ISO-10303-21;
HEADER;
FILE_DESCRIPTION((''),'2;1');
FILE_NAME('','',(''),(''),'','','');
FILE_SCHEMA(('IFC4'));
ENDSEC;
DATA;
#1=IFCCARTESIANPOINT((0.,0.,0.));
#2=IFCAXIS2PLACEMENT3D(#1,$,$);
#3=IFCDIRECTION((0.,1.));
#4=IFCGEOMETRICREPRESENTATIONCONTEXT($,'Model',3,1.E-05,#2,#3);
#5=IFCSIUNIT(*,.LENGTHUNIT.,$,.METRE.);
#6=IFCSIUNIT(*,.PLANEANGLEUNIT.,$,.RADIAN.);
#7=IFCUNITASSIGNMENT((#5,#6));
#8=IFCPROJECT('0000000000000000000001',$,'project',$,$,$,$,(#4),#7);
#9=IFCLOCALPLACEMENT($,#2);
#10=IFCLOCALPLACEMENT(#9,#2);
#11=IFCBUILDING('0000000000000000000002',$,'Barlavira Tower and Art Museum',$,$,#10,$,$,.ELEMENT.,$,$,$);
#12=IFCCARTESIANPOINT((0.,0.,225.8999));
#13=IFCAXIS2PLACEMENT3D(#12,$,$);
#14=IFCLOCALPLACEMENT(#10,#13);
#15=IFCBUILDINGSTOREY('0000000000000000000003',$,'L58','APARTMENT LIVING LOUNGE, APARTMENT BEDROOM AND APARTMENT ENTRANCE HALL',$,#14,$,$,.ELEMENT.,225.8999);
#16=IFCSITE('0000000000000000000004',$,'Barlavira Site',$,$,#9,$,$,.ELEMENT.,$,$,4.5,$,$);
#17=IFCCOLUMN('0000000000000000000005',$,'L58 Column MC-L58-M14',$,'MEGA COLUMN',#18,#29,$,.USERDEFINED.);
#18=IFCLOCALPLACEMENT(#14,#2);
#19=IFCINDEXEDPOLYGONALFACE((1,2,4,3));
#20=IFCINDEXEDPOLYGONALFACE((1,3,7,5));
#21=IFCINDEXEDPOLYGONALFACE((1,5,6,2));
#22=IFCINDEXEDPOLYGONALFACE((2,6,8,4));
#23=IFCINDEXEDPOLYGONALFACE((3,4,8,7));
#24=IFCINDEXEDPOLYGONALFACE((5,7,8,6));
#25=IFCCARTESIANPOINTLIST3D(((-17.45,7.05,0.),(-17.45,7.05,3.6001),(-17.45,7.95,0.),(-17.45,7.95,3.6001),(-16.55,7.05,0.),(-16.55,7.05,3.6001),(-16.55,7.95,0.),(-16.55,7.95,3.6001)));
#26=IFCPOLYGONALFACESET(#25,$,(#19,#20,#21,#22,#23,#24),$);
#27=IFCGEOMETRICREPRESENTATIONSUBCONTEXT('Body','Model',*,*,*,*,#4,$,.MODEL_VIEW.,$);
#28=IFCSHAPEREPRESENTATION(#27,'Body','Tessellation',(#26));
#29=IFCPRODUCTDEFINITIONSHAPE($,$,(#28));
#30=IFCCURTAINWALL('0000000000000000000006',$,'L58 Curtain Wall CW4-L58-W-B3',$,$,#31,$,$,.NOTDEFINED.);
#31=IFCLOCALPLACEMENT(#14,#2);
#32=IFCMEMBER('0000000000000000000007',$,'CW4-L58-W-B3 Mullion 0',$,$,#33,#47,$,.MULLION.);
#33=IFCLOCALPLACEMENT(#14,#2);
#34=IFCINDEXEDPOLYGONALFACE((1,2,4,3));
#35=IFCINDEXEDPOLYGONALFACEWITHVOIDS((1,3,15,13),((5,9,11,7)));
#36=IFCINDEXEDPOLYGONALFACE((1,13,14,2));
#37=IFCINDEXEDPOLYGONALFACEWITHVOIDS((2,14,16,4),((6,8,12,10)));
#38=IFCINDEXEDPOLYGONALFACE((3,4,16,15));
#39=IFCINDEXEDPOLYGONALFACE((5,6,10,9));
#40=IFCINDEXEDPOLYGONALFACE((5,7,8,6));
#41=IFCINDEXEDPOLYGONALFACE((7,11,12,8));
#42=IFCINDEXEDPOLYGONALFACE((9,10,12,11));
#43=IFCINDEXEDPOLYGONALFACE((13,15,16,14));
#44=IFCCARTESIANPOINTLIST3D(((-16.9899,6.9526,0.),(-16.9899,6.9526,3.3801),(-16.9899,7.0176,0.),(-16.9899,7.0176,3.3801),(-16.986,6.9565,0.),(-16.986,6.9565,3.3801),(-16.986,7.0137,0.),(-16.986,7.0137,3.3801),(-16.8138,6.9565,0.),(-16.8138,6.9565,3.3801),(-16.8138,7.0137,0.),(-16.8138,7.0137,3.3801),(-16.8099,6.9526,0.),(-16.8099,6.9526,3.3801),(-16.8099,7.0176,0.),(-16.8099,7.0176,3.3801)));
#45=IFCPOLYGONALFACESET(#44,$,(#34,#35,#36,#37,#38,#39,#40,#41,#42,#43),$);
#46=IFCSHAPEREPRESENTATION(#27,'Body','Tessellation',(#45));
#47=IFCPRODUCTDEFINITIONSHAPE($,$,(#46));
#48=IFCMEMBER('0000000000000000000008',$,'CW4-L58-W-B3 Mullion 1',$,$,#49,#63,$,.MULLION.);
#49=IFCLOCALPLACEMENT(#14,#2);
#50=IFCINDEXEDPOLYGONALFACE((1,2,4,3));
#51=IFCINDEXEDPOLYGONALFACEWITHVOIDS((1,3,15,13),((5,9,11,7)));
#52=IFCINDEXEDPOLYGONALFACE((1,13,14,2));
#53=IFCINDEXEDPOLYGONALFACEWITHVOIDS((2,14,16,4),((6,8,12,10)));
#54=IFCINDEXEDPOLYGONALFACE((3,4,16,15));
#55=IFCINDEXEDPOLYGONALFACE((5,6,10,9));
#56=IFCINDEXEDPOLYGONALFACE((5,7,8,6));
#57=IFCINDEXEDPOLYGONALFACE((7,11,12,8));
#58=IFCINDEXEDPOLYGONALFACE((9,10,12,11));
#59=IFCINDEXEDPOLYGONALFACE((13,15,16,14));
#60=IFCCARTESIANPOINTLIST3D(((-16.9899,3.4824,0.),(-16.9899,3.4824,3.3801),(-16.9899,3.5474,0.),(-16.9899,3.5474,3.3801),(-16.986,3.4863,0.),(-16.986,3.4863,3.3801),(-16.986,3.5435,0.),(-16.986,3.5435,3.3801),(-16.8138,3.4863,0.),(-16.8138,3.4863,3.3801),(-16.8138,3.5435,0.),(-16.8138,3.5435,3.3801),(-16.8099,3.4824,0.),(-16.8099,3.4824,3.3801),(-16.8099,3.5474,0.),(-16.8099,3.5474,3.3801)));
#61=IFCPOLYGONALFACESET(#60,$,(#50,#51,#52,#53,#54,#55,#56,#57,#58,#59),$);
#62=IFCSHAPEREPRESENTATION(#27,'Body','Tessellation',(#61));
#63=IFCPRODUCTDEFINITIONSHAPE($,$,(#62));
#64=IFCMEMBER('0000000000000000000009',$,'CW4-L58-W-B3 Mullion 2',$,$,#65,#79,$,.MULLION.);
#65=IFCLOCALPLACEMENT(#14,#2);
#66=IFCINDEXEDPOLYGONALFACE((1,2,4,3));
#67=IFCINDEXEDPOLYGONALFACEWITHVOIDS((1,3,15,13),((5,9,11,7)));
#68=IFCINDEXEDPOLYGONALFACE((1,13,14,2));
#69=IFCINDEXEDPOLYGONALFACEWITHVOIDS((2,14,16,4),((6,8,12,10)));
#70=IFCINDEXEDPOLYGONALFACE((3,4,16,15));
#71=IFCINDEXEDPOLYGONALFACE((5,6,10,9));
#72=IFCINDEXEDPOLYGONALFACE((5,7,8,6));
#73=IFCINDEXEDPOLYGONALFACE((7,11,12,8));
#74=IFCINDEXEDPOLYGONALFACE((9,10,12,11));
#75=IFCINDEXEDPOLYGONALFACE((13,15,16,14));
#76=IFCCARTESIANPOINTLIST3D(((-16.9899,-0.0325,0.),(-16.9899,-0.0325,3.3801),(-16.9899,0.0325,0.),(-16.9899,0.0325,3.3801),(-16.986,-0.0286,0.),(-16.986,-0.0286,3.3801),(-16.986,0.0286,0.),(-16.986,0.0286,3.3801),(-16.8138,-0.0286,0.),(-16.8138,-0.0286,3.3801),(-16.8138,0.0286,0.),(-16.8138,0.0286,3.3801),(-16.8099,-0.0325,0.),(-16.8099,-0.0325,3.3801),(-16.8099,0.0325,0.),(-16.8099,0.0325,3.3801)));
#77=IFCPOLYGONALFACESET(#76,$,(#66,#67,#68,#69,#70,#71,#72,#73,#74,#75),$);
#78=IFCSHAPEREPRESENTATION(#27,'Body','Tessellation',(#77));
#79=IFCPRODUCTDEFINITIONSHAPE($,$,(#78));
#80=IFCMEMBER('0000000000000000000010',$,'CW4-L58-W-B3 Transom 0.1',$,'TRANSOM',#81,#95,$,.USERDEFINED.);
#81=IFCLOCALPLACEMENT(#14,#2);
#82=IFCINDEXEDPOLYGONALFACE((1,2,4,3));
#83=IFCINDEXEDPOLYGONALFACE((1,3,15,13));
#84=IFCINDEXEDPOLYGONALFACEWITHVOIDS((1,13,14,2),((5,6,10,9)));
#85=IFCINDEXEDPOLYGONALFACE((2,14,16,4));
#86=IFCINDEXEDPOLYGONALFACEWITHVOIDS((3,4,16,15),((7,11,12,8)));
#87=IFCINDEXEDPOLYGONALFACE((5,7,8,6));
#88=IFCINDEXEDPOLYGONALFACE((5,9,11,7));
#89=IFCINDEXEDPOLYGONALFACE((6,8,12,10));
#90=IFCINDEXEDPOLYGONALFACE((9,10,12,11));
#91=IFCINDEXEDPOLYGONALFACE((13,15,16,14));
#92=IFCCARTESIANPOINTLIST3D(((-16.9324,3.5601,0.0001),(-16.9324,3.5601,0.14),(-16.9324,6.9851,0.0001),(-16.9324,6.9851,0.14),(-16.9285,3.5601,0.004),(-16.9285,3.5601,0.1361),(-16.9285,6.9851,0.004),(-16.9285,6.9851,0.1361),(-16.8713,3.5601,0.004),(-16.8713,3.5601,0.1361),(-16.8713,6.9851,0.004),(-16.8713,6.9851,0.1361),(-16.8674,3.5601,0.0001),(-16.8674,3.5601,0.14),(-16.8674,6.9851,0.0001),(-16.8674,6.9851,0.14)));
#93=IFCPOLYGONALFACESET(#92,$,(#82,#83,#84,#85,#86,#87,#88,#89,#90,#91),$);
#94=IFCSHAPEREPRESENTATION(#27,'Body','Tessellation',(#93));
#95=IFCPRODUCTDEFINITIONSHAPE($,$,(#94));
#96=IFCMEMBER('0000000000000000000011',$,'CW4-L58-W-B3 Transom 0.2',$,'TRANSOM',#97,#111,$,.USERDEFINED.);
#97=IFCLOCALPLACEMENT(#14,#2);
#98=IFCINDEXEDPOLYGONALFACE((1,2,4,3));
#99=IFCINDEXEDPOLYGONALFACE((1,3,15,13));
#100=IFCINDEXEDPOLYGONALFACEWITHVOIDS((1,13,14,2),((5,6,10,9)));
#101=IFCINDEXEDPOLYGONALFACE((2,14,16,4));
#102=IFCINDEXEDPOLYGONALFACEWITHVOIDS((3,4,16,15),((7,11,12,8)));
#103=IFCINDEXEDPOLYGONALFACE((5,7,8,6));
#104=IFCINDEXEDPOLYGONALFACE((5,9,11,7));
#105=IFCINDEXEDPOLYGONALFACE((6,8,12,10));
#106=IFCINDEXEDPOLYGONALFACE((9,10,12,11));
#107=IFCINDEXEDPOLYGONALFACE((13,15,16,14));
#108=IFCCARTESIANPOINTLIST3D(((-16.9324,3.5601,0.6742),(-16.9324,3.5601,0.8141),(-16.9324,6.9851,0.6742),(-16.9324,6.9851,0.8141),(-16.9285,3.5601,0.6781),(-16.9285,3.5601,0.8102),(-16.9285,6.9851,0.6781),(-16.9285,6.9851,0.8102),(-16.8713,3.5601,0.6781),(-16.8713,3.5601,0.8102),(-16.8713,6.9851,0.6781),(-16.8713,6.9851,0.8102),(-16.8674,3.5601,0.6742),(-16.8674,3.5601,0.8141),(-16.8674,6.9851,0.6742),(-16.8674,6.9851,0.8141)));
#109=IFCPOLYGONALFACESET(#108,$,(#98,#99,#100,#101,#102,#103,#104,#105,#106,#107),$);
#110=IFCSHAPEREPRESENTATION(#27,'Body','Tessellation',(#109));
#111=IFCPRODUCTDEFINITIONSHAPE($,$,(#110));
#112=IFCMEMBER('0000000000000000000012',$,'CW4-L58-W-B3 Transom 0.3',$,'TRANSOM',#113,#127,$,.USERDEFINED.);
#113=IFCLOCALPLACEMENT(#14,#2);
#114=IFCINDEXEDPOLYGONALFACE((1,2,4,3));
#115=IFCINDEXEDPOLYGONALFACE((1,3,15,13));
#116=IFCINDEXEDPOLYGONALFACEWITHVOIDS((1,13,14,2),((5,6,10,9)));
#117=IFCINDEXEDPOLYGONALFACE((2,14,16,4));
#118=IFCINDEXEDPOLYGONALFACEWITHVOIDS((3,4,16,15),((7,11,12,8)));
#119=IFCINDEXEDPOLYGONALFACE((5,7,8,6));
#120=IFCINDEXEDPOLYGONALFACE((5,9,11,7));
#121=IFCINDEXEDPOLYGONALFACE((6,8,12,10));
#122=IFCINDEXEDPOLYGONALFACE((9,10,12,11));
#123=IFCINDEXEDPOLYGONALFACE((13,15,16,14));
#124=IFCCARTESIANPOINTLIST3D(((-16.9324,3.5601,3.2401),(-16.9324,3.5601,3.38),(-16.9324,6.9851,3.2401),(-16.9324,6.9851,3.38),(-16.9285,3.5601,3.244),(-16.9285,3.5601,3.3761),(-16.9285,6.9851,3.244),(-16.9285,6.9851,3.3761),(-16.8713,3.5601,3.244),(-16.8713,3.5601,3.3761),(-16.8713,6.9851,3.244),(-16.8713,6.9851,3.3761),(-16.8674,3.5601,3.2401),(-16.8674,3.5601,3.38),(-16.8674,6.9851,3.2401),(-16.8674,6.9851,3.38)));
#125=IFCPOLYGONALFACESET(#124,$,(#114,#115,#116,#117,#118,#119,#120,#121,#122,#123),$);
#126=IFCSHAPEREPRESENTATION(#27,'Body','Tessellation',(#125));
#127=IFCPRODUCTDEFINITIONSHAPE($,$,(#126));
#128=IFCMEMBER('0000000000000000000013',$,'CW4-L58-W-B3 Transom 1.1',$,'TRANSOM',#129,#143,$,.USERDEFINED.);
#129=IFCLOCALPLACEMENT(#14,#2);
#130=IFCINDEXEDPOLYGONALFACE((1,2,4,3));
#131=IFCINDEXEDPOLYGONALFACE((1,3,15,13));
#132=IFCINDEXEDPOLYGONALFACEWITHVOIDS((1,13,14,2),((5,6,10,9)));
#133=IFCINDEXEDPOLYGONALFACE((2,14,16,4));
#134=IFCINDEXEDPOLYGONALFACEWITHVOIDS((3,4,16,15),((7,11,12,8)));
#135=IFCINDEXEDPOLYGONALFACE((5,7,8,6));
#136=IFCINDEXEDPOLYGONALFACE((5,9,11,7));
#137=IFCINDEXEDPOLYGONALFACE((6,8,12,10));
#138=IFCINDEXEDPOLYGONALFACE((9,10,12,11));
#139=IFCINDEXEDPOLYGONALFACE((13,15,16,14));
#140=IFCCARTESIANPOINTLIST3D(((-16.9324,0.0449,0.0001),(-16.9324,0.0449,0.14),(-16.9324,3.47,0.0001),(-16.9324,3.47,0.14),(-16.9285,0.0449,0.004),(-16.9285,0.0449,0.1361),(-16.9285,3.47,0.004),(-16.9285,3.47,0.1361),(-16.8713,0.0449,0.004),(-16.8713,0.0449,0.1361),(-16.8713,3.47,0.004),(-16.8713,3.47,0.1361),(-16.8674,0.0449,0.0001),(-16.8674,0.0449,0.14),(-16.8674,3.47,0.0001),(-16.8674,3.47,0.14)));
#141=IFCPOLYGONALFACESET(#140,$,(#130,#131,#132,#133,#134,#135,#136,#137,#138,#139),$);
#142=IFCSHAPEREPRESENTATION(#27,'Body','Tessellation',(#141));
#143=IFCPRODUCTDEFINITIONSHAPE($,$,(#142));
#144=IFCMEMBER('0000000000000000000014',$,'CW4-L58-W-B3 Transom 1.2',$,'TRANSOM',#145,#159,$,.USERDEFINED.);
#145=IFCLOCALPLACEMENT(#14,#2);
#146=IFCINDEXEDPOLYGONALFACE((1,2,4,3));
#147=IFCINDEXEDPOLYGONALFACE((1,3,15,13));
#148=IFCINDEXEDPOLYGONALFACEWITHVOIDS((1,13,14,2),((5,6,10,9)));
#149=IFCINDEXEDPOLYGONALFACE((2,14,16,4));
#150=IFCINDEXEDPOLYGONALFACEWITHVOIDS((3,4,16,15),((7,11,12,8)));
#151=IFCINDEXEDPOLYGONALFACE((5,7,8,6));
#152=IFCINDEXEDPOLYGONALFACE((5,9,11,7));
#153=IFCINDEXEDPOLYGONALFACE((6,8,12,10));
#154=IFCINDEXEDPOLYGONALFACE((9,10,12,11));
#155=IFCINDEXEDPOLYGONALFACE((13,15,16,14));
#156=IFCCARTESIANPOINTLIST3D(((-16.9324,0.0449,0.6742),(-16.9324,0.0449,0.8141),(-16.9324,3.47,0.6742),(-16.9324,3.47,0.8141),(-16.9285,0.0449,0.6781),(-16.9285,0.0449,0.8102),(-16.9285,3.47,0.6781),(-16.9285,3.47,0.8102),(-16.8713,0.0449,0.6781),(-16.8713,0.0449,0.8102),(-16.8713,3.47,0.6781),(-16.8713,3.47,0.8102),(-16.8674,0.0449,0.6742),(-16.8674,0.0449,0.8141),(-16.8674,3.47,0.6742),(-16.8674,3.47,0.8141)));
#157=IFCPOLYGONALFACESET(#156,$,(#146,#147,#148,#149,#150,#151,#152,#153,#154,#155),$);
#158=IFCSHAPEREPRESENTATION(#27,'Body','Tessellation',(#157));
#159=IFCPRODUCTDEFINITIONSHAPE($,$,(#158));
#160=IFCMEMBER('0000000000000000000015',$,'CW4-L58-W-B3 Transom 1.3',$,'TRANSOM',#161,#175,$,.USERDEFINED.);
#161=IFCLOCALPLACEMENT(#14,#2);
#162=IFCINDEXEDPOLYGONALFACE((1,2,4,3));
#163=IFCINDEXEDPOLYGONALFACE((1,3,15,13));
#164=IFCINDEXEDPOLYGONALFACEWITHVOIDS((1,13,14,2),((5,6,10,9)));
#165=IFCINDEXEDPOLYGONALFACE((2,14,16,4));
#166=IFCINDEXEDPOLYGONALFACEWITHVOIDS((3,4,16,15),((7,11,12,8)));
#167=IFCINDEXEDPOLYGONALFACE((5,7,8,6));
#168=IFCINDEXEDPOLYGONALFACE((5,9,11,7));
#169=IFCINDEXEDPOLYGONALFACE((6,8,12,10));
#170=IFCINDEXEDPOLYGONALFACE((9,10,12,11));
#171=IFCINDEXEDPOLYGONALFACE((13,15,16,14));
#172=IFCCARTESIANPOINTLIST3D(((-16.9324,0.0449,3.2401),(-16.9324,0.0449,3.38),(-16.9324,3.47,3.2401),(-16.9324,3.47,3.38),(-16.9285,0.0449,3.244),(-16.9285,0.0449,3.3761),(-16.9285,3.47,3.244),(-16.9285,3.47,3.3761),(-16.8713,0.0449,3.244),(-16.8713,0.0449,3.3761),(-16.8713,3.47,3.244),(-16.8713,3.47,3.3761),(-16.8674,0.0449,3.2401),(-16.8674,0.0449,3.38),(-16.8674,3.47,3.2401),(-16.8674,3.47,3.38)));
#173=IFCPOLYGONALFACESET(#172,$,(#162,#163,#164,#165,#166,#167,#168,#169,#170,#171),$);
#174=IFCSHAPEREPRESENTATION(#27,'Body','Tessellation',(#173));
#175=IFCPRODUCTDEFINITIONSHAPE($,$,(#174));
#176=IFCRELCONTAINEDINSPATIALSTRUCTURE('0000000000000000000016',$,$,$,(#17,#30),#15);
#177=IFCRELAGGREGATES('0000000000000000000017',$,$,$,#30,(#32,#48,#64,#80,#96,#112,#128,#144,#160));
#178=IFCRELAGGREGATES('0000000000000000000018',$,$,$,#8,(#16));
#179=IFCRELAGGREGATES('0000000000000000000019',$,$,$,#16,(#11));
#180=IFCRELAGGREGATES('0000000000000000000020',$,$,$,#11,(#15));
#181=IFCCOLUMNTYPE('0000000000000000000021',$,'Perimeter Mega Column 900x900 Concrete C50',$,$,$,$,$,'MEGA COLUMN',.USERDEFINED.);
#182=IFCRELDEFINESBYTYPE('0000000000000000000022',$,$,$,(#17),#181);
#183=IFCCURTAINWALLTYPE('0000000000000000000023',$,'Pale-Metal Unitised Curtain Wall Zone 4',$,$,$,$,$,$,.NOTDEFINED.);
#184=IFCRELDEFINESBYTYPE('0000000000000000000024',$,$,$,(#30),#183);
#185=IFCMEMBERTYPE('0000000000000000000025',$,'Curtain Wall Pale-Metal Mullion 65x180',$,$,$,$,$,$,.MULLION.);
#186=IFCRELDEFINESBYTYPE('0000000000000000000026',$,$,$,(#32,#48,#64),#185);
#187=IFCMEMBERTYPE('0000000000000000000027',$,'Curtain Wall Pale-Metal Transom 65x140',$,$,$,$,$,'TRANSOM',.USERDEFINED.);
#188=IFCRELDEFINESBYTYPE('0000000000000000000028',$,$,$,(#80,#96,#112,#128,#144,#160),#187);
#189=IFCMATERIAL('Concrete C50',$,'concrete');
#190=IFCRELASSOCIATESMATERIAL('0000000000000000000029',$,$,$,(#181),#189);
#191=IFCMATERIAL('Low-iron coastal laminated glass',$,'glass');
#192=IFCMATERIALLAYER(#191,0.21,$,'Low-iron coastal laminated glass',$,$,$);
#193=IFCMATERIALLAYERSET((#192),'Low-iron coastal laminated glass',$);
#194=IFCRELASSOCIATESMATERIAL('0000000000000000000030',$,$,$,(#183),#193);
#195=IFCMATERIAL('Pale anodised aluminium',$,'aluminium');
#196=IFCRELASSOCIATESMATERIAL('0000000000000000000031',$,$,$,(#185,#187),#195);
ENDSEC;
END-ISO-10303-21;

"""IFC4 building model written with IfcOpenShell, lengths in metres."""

from ifc_helpers import new_model, si_unit, direction, frame, origin, origin_2d, place, context, subcontext, project, spatial, rectangle, hollow_rectangle, extrude, material, layer, layer_set, material_profile, profile_set, type_object, element, aggregate, save


model = new_model("IFC4")

# Units and contexts
model_context = context("Model", 3, precision=1e-05, world=origin(), true_north=direction((0.0, 1.0)))
body_context = subcontext(model_context, "Body", "Model", "MODEL_VIEW")
ifc_project = project(units=[si_unit("LENGTHUNIT", "METRE"), si_unit("PLANEANGLEUNIT", "RADIAN")], contexts=[model_context])

# Site, building, storey
site_placement = place(None, origin())
site = spatial("IfcSite", under=ifc_project, at=site_placement, Name="Barlavira Site", CompositionType="ELEMENT", RefElevation=4.5)
building_placement = place(site_placement, origin())
building = spatial("IfcBuilding", under=site, at=building_placement, Name="Barlavira Tower and Art Museum", CompositionType="ELEMENT")
storey_placement = place(building_placement, frame((0.0, 0.0, 225.8999)))
storey = spatial("IfcBuildingStorey", under=building, at=storey_placement, Name="L58", Description="APARTMENT LIVING LOUNGE, APARTMENT BEDROOM AND APARTMENT ENTRANCE HALL", CompositionType="ELEMENT", Elevation=225.8999)

# Column
ifc_material_1 = material(Name="Concrete C50", Category="concrete")
ifc_material_profile_1 = material_profile(ifc_material_1, rectangle(XDim=0.8999, YDim=0.8999, at=origin_2d()), Name="RC-COL 900x900")
ifc_profile_set_1 = profile_set([ifc_material_profile_1], Name="Concrete C50")
column_type = type_object("IfcColumnType", Name="Perimeter Mega Column 900x900 Concrete C50", ElementType="MEGA COLUMN", PredefinedType="USERDEFINED", material=ifc_profile_set_1)
column_placement = place(storey_placement, frame((-17.0, 7.5, 0.0), z_axis=(0.0, 0.0, 1.0), x_axis=(1.0, 0.0, 0.0)))
element("IfcColumn", 1, at=column_placement, inside=storey, type_object=column_type, Name="L58 Column MC-L58-M14", ObjectType="MEGA COLUMN", PredefinedType="USERDEFINED", context=body_context, shape_type="SweptSolid", body=[
    extrude(rectangle(XDim=0.8999, YDim=0.8999, at=origin_2d()), origin(), (0.0, 0.0, 1.0), 3.6001),
])

# Curtain wall, members
ifc_material_2 = material(Name="Low-iron coastal laminated glass", Category="glass")
ifc_layer_1 = layer(ifc_material_2, 0.21, Name="Low-iron coastal laminated glass")
ifc_layer_set_1 = layer_set([ifc_layer_1], Name="Low-iron coastal laminated glass")
curtain_wall_type = type_object("IfcCurtainWallType", Name="Pale-Metal Unitised Curtain Wall Zone 4", PredefinedType="NOTDEFINED", material=ifc_layer_set_1)
curtain_wall_placement = place(storey_placement, origin())
curtain_wall = element("IfcCurtainWall", 2, at=curtain_wall_placement, inside=storey, type_object=curtain_wall_type, Name="L58 Curtain Wall CW4-L58-W-B3", PredefinedType="NOTDEFINED")
ifc_material_3 = material(Name="Pale anodised aluminium", Category="aluminium")
ifc_material_profile_2 = material_profile(ifc_material_3, hollow_rectangle(XDim=0.0649, YDim=0.1799, WallThickness=0.0039, at=origin_2d()), Name="ALU-MULL 65x180x4")
ifc_profile_set_2 = profile_set([ifc_material_profile_2], Name="Pale anodised aluminium")
member_type_1 = type_object("IfcMemberType", Name="Curtain Wall Pale-Metal Mullion 65x180", PredefinedType="MULLION", material=ifc_profile_set_2)
member_1_placement = place(storey_placement, frame((-16.8999, 6.9851, 0.0), z_axis=(0.0, 0.0, 1.0), x_axis=(0.0, -1.0, 0.0)))
member_1 = element("IfcMember", 3, at=member_1_placement, type_object=member_type_1, Name="CW4-L58-W-B3 Mullion 0", PredefinedType="MULLION", context=body_context, shape_type="SweptSolid", body=[
    extrude(hollow_rectangle(XDim=0.0649, YDim=0.1799, WallThickness=0.0039, at=origin_2d()), origin(), (0.0, 0.0, 1.0), 3.3801),
])
member_2_placement = place(storey_placement, frame((-16.8999, 3.5149, 0.0), z_axis=(0.0, 0.0, 1.0), x_axis=(0.0, -1.0, 0.0)))
member_2 = element("IfcMember", 4, at=member_2_placement, type_object=member_type_1, Name="CW4-L58-W-B3 Mullion 1", PredefinedType="MULLION", context=body_context, shape_type="SweptSolid", body=[
    extrude(hollow_rectangle(XDim=0.0649, YDim=0.1799, WallThickness=0.0039, at=origin_2d()), origin(), (0.0, 0.0, 1.0), 3.3801),
])
member_3_placement = place(storey_placement, frame((-16.8999, 0.0, 0.0), z_axis=(0.0, 0.0, 1.0), x_axis=(0.0, -1.0, 0.0)))
member_3 = element("IfcMember", 5, at=member_3_placement, type_object=member_type_1, Name="CW4-L58-W-B3 Mullion 2", PredefinedType="MULLION", context=body_context, shape_type="SweptSolid", body=[
    extrude(hollow_rectangle(XDim=0.0649, YDim=0.1799, WallThickness=0.0039, at=origin_2d()), origin(), (0.0, 0.0, 1.0), 3.3801),
])
ifc_material_profile_3 = material_profile(ifc_material_3, hollow_rectangle(XDim=0.0649, YDim=0.1399, WallThickness=0.0039, at=origin_2d()), Name="ALU-TRAN 65x140x4")
ifc_profile_set_3 = profile_set([ifc_material_profile_3], Name="Pale anodised aluminium")
member_type_2 = type_object("IfcMemberType", Name="Curtain Wall Pale-Metal Transom 65x140", ElementType="TRANSOM", PredefinedType="USERDEFINED", material=ifc_profile_set_3)
member_4_placement = place(storey_placement, frame((-16.8999, 6.9851, 0.0701), z_axis=(0.0, -1.0, 0.0), x_axis=(1.0, 0.0, 0.0)))
member_4 = element("IfcMember", 6, at=member_4_placement, type_object=member_type_2, Name="CW4-L58-W-B3 Transom 0.1", ObjectType="TRANSOM", PredefinedType="USERDEFINED", context=body_context, shape_type="SweptSolid", body=[
    extrude(hollow_rectangle(XDim=0.0649, YDim=0.1399, WallThickness=0.0039, at=origin_2d()), origin(), (0.0, 0.0, 1.0), 3.425),
])
member_5_placement = place(storey_placement, frame((-16.8999, 6.9851, 0.7441), z_axis=(0.0, -1.0, 0.0), x_axis=(1.0, 0.0, 0.0)))
member_5 = element("IfcMember", 7, at=member_5_placement, type_object=member_type_2, Name="CW4-L58-W-B3 Transom 0.2", ObjectType="TRANSOM", PredefinedType="USERDEFINED", context=body_context, shape_type="SweptSolid", body=[
    extrude(hollow_rectangle(XDim=0.0649, YDim=0.1399, WallThickness=0.0039, at=origin_2d()), origin(), (0.0, 0.0, 1.0), 3.425),
])
member_6_placement = place(storey_placement, frame((-16.8999, 6.9851, 3.3101), z_axis=(0.0, -1.0, 0.0), x_axis=(1.0, 0.0, 0.0)))
member_6 = element("IfcMember", 8, at=member_6_placement, type_object=member_type_2, Name="CW4-L58-W-B3 Transom 0.3", ObjectType="TRANSOM", PredefinedType="USERDEFINED", context=body_context, shape_type="SweptSolid", body=[
    extrude(hollow_rectangle(XDim=0.0649, YDim=0.1399, WallThickness=0.0039, at=origin_2d()), origin(), (0.0, 0.0, 1.0), 3.425),
])
member_7_placement = place(storey_placement, frame((-16.8999, 3.47, 0.0701), z_axis=(0.0, -1.0, 0.0), x_axis=(1.0, 0.0, 0.0)))
member_7 = element("IfcMember", 9, at=member_7_placement, type_object=member_type_2, Name="CW4-L58-W-B3 Transom 1.1", ObjectType="TRANSOM", PredefinedType="USERDEFINED", context=body_context, shape_type="SweptSolid", body=[
    extrude(hollow_rectangle(XDim=0.0649, YDim=0.1399, WallThickness=0.0039, at=origin_2d()), origin(), (0.0, 0.0, 1.0), 3.425),
])
member_8_placement = place(storey_placement, frame((-16.8999, 3.47, 0.7441), z_axis=(0.0, -1.0, 0.0), x_axis=(1.0, 0.0, 0.0)))
member_8 = element("IfcMember", 10, at=member_8_placement, type_object=member_type_2, Name="CW4-L58-W-B3 Transom 1.2", ObjectType="TRANSOM", PredefinedType="USERDEFINED", context=body_context, shape_type="SweptSolid", body=[
    extrude(hollow_rectangle(XDim=0.0649, YDim=0.1399, WallThickness=0.0039, at=origin_2d()), origin(), (0.0, 0.0, 1.0), 3.425),
])
member_9_placement = place(storey_placement, frame((-16.8999, 3.47, 3.3101), z_axis=(0.0, -1.0, 0.0), x_axis=(1.0, 0.0, 0.0)))
member_9 = element("IfcMember", 11, at=member_9_placement, type_object=member_type_2, Name="CW4-L58-W-B3 Transom 1.3", ObjectType="TRANSOM", PredefinedType="USERDEFINED", context=body_context, shape_type="SweptSolid", body=[
    extrude(hollow_rectangle(XDim=0.0649, YDim=0.1399, WallThickness=0.0039, at=origin_2d()), origin(), (0.0, 0.0, 1.0), 3.425),
])

aggregate(curtain_wall, [member_1, member_2, member_3, member_4, member_5, member_6, member_7, member_8, member_9])

save(model, "model.ifc")
